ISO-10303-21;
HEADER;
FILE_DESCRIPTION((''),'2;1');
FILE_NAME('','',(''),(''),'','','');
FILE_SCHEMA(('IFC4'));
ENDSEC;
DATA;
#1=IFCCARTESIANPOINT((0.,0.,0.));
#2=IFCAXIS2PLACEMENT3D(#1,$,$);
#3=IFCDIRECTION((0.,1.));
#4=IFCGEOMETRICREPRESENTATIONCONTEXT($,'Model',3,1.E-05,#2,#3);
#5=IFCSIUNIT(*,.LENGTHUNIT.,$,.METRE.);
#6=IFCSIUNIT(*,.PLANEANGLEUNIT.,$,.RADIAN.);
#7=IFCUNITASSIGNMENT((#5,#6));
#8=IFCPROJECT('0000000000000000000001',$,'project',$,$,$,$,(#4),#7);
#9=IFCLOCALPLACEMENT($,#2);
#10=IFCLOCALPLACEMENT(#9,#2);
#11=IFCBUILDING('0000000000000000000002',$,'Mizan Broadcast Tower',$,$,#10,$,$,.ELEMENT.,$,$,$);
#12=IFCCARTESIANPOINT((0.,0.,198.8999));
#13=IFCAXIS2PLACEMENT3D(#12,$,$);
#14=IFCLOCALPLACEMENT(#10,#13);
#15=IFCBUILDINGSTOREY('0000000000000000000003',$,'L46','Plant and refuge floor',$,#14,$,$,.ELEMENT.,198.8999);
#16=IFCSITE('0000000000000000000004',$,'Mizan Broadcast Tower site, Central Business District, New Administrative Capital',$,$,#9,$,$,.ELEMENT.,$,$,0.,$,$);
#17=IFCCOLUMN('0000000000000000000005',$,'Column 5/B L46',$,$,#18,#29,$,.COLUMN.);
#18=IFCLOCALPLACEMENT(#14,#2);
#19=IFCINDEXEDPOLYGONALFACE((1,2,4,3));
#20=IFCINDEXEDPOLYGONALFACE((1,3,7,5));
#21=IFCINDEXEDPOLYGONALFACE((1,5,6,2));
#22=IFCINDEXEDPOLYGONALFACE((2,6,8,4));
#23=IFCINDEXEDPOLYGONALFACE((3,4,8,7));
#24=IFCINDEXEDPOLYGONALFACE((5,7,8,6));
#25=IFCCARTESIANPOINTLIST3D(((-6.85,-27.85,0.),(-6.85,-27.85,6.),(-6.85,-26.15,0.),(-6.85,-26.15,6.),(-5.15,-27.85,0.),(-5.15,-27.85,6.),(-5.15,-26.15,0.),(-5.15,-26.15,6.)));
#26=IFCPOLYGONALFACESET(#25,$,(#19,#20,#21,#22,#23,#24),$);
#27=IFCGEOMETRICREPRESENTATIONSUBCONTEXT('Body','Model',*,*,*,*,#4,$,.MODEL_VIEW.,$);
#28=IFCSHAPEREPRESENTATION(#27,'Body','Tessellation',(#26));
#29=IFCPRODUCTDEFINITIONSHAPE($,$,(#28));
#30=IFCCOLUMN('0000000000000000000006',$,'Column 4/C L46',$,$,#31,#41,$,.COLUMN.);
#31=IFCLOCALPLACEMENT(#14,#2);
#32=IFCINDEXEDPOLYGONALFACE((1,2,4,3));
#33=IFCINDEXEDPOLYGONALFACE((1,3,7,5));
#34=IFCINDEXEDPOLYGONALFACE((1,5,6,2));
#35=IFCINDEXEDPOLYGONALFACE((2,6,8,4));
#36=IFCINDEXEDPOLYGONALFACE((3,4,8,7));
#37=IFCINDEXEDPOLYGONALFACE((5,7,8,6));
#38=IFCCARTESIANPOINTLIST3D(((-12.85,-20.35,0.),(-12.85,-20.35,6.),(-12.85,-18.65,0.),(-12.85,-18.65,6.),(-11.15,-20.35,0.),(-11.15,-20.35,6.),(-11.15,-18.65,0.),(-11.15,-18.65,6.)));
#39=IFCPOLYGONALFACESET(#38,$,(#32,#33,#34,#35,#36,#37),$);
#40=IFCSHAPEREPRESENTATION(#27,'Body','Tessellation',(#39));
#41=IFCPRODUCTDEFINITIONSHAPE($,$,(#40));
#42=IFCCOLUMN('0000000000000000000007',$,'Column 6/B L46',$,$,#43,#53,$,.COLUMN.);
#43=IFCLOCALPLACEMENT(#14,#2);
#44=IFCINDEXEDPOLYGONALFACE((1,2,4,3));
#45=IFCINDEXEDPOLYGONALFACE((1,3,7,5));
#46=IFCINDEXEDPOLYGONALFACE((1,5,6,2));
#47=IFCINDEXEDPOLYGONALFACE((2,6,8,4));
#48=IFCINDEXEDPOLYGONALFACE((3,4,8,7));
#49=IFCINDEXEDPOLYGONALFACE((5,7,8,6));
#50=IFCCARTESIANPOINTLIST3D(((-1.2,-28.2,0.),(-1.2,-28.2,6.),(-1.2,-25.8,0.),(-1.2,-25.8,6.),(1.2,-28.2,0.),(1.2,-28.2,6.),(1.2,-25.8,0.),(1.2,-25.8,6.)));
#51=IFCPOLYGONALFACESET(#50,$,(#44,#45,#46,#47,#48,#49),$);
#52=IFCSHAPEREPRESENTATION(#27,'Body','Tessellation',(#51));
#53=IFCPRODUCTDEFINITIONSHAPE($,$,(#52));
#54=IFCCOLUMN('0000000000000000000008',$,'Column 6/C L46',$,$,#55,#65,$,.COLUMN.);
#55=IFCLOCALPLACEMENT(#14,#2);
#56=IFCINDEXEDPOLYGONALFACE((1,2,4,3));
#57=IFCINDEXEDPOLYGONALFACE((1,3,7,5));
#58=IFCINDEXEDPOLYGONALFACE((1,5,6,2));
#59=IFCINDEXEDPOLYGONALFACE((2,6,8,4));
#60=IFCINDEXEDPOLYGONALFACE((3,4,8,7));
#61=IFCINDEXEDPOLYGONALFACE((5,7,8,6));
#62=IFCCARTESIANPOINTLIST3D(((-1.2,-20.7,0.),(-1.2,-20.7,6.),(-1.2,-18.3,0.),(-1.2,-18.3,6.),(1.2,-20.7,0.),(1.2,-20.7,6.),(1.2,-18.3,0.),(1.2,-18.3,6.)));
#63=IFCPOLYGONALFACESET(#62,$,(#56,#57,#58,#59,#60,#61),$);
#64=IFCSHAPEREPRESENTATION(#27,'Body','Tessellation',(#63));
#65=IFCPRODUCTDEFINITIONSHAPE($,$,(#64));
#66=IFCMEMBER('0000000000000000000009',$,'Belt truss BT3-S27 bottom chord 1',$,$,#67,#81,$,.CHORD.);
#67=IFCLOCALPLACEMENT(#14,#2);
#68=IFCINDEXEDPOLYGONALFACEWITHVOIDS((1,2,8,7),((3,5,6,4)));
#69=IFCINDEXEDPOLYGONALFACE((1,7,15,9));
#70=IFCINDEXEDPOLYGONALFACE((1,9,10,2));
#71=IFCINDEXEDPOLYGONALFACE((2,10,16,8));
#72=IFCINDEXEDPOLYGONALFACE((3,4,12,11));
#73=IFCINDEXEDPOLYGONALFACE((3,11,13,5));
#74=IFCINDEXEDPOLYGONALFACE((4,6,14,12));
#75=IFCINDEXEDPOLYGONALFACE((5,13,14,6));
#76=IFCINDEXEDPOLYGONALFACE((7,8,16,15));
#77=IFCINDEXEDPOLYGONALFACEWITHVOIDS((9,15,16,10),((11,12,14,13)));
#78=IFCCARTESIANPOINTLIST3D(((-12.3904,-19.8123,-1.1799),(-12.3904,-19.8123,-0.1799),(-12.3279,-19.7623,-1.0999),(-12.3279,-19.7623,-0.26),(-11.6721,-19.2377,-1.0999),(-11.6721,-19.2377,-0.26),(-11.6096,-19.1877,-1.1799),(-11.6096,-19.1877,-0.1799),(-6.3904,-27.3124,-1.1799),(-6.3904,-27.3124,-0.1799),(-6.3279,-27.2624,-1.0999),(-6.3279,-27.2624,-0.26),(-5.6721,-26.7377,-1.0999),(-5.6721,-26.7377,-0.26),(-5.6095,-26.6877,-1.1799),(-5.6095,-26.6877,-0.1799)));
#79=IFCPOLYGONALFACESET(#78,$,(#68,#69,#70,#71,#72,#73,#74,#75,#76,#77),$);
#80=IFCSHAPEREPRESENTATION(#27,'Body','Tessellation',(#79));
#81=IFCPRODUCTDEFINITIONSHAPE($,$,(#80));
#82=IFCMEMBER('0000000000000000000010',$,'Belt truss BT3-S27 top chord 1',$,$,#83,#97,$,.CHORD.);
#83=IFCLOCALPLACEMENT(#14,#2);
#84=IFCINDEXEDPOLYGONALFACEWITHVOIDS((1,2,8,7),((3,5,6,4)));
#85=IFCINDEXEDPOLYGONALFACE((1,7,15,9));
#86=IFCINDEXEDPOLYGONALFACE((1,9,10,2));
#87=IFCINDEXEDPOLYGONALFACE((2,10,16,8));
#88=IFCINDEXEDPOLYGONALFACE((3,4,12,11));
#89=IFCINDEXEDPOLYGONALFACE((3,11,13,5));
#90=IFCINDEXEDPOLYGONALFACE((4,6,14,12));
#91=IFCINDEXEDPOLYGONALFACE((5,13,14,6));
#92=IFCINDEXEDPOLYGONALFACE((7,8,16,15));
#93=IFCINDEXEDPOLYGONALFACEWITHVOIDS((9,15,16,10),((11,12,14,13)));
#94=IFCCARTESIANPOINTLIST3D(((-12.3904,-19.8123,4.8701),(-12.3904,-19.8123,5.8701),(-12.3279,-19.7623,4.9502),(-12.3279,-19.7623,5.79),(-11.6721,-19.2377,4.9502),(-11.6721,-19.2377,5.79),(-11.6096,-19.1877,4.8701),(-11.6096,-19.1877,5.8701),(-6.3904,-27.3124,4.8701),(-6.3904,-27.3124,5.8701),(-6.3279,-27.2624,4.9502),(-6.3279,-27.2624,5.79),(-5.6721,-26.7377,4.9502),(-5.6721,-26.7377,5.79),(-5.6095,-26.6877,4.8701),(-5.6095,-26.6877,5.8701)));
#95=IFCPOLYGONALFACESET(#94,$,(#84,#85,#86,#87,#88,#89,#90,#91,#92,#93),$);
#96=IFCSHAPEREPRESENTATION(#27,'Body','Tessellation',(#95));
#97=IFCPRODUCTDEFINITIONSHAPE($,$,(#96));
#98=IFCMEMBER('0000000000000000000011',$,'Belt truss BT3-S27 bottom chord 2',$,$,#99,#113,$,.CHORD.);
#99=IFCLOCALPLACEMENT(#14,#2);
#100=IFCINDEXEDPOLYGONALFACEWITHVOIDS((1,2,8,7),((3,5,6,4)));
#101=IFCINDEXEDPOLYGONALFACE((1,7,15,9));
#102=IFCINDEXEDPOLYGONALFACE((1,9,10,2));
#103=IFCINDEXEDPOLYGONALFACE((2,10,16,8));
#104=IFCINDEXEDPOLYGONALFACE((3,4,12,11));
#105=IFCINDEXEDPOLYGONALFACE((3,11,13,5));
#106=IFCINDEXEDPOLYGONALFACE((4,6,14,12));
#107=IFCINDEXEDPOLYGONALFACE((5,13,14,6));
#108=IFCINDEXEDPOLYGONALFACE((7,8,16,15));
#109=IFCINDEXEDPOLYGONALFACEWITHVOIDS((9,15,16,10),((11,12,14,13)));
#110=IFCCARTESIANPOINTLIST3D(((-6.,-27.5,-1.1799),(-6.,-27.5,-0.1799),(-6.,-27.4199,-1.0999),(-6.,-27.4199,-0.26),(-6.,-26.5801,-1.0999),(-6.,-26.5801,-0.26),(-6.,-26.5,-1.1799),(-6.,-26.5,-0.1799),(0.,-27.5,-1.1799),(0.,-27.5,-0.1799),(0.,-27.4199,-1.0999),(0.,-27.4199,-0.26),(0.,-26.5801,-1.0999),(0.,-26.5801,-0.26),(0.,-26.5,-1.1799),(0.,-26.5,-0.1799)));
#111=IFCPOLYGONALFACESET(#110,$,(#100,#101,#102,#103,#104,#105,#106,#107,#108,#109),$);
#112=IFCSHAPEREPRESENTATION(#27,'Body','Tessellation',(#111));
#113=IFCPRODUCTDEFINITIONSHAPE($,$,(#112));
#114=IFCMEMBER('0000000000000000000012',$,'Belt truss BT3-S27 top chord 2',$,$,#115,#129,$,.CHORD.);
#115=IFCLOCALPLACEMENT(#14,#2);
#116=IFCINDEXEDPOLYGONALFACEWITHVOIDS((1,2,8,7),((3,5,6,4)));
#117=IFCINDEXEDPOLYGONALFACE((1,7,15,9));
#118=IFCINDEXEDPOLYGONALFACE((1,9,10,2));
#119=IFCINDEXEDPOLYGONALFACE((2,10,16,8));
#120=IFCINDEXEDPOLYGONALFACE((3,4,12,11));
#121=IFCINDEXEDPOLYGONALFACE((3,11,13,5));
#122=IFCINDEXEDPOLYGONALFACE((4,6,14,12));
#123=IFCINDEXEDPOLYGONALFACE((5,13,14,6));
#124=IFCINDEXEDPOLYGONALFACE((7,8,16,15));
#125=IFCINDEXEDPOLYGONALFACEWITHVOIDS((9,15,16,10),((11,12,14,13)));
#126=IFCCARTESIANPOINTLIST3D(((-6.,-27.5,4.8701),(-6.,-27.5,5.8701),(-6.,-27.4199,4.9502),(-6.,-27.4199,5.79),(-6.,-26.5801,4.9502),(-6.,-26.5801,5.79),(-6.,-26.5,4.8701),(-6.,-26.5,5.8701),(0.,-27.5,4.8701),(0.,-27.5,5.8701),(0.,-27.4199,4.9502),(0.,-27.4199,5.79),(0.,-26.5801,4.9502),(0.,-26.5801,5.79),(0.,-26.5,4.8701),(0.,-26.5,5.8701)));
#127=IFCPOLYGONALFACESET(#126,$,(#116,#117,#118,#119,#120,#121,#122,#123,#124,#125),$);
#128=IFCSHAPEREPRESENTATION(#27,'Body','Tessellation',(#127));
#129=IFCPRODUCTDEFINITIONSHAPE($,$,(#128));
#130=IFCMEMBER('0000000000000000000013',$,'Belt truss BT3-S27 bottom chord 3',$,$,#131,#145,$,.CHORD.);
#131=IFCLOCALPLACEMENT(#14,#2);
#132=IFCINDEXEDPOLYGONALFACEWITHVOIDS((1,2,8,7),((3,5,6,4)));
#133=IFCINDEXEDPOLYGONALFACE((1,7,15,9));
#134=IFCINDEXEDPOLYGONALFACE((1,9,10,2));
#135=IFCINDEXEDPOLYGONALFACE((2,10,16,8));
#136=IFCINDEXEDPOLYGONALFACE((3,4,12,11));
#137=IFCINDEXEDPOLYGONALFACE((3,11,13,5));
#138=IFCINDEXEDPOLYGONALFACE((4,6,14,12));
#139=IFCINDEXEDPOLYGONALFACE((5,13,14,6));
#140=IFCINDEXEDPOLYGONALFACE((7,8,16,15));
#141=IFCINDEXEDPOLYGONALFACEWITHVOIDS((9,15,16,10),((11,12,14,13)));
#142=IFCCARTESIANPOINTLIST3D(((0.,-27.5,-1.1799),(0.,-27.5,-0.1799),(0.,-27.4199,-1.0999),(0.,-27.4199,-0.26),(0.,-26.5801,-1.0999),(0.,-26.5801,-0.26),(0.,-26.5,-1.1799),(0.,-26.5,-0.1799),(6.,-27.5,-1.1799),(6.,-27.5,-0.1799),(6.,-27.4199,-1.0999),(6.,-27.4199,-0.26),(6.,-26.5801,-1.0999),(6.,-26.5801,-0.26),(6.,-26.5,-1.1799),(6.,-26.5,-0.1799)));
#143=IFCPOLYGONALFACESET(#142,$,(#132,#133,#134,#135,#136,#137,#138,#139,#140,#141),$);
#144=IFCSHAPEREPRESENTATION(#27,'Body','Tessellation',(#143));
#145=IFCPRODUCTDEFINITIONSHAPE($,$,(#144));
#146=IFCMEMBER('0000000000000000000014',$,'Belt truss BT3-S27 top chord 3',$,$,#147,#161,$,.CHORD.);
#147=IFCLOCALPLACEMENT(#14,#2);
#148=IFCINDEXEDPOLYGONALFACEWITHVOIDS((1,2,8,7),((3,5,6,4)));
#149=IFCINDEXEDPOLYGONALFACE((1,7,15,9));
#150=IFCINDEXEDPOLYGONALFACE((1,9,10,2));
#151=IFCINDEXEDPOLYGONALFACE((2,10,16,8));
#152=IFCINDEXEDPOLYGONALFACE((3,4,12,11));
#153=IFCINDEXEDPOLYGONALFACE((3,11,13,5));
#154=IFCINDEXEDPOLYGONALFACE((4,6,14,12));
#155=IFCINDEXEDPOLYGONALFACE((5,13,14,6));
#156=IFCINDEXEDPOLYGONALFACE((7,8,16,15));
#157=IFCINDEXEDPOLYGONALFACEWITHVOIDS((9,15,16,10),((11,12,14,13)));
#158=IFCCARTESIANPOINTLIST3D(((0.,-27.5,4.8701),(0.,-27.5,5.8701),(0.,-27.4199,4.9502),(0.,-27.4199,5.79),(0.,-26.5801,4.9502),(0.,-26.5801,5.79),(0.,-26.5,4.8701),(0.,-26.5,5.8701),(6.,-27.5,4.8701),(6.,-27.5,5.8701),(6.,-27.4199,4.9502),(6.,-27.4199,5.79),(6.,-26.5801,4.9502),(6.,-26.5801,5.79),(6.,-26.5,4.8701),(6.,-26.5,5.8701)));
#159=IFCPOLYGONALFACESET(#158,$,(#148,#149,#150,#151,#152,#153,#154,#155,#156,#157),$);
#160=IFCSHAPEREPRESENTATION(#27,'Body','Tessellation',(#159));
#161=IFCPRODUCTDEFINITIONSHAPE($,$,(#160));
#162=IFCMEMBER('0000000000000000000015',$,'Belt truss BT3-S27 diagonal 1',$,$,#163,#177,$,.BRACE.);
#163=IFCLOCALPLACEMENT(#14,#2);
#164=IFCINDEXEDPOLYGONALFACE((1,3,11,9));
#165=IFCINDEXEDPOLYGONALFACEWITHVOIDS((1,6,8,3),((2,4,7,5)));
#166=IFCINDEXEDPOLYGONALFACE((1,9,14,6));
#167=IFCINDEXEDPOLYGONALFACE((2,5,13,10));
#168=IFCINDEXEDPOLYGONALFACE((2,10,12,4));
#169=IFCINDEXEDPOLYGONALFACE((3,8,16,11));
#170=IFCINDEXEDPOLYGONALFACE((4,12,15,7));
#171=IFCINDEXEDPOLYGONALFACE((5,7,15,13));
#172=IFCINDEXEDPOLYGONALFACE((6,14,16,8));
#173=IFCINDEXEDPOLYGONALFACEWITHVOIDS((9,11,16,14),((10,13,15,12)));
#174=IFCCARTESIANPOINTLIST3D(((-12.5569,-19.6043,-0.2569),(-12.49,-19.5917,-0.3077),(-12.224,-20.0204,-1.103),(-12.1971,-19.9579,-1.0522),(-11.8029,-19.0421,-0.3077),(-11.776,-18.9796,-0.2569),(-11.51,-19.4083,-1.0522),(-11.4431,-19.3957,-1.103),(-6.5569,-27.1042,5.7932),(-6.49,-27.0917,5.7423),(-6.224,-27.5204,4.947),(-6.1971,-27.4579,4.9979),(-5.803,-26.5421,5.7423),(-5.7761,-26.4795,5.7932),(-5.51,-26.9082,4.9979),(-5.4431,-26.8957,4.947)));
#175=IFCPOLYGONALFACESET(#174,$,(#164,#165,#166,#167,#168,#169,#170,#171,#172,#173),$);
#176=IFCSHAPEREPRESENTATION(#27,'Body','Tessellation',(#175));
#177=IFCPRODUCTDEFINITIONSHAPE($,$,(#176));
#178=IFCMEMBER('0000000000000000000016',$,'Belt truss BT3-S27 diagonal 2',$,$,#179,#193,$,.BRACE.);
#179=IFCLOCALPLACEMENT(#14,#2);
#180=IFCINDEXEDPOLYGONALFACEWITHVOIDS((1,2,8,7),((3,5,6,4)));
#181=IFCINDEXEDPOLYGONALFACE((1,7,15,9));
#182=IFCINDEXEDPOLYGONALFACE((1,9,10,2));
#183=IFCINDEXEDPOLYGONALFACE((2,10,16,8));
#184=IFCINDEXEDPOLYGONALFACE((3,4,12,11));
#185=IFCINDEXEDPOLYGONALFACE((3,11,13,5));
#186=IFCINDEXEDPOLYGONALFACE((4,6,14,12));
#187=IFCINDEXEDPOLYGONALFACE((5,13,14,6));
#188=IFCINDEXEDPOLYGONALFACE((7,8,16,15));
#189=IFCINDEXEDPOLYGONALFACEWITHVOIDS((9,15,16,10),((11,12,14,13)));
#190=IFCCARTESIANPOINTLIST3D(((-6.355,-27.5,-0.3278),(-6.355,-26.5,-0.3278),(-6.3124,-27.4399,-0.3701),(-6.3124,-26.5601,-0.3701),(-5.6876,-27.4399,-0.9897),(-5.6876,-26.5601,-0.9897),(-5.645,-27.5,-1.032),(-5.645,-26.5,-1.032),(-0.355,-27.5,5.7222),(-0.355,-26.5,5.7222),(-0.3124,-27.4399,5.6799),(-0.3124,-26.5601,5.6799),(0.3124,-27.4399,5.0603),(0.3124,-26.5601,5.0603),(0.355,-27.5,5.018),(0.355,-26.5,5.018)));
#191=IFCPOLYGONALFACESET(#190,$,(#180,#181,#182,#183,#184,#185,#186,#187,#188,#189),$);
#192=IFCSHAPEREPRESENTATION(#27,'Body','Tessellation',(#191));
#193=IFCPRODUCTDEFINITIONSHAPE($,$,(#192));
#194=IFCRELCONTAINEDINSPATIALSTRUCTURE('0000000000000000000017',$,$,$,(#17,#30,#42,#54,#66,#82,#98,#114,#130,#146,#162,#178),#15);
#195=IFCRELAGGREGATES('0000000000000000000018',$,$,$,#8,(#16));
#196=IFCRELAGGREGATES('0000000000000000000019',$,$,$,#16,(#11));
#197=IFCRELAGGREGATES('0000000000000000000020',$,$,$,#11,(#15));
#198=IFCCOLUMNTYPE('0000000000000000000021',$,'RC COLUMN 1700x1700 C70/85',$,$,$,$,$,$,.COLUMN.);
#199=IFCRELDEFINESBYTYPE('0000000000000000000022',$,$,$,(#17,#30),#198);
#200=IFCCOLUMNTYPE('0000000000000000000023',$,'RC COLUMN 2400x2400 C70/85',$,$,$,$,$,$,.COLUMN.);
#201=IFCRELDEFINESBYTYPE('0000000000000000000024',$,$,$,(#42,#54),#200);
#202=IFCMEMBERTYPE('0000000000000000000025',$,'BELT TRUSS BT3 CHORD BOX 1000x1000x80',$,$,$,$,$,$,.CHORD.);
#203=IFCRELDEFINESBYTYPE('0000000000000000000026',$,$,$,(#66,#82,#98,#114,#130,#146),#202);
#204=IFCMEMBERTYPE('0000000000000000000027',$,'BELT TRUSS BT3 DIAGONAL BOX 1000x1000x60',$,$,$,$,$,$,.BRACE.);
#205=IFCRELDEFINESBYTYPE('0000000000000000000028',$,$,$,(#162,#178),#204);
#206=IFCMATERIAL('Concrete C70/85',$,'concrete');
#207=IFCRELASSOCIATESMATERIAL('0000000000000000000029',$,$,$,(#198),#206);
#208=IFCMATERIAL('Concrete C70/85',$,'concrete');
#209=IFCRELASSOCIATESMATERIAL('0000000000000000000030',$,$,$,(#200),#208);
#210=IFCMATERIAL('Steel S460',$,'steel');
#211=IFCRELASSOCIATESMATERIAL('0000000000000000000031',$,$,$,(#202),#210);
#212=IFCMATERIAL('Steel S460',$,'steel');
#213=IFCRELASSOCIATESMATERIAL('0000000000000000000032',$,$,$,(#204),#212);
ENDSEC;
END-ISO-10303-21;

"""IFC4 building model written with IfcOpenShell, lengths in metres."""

from ifc_helpers import new_model, si_unit, direction, frame, origin, origin_2d, place, context, subcontext, project, spatial, rectangle, hollow_rectangle, extrude, material, material_profile, profile_set, type_object, element, save


model = new_model("IFC4")

# Units and contexts
model_context = context("Model", 3, precision=1e-05, world=origin(), true_north=direction((0.0, 1.0)))
body_context = subcontext(model_context, "Body", "Model", "MODEL_VIEW")
ifc_project = project(units=[si_unit("LENGTHUNIT", "METRE"), si_unit("PLANEANGLEUNIT", "RADIAN")], contexts=[model_context])

# Site, building, storey
site_placement = place(None, origin())
site = spatial("IfcSite", under=ifc_project, at=site_placement, Name="Mizan Broadcast Tower site, Central Business District, New Administrative Capital", CompositionType="ELEMENT", RefElevation=0.0)
building_placement = place(site_placement, origin())
building = spatial("IfcBuilding", under=site, at=building_placement, Name="Mizan Broadcast Tower", CompositionType="ELEMENT")
storey_placement = place(building_placement, frame((0.0, 0.0, 198.8999)))
storey = spatial("IfcBuildingStorey", under=building, at=storey_placement, Name="L46", Description="Plant and refuge floor", CompositionType="ELEMENT", Elevation=198.8999)

# Columns
ifc_material_1 = material(Name="Concrete C70/85", Category="concrete")
ifc_material_profile_1 = material_profile(ifc_material_1, rectangle(XDim=1.7, YDim=1.7, at=origin_2d()), Name="RC 1700x1700")
ifc_profile_set_1 = profile_set([ifc_material_profile_1], Name="Concrete C70/85")
column_type_1 = type_object("IfcColumnType", Name="RC COLUMN 1700x1700 C70/85", PredefinedType="COLUMN", material=ifc_profile_set_1)
for number, where, z_axis, x_axis, name in (
    (1, (-6.0, -27.0, 0.0), (0.0, 0.0, 1.0), (1.0, 0.0, 0.0), "Column 5/B L46"),
    (2, (-12.0, -19.5, 0.0), (0.0, 0.0, 1.0), (1.0, 0.0, 0.0), "Column 4/C L46"),
):
    element("IfcColumn", number, at=place(storey_placement, frame(where, z_axis=z_axis, x_axis=x_axis)), inside=storey, type_object=column_type_1, Name=name, PredefinedType="COLUMN", context=body_context, shape_type="SweptSolid", body=[
        extrude(rectangle(XDim=1.7, YDim=1.7, at=origin_2d()), origin(), (0.0, 0.0, 1.0), 6.0),
    ])
ifc_material_2 = material(Name="Concrete C70/85", Category="concrete")
ifc_material_profile_2 = material_profile(ifc_material_2, rectangle(XDim=2.3999, YDim=2.3999, at=origin_2d()), Name="RC 2400x2400")
ifc_profile_set_2 = profile_set([ifc_material_profile_2], Name="Concrete C70/85")
column_type_2 = type_object("IfcColumnType", Name="RC COLUMN 2400x2400 C70/85", PredefinedType="COLUMN", material=ifc_profile_set_2)
for number, where, z_axis, x_axis, name in (
    (3, (0.0, -27.0, 0.0), (0.0, 0.0, 1.0), (1.0, 0.0, 0.0), "Column 6/B L46"),
    (4, (0.0, -19.5, 0.0), (0.0, 0.0, 1.0), (1.0, 0.0, 0.0), "Column 6/C L46"),
):
    element("IfcColumn", number, at=place(storey_placement, frame(where, z_axis=z_axis, x_axis=x_axis)), inside=storey, type_object=column_type_2, Name=name, PredefinedType="COLUMN", context=body_context, shape_type="SweptSolid", body=[
        extrude(rectangle(XDim=2.3999, YDim=2.3999, at=origin_2d()), origin(), (0.0, 0.0, 1.0), 6.0),
    ])

# Members
ifc_material_3 = material(Name="Steel S460", Category="steel")
ifc_material_profile_3 = material_profile(ifc_material_3, hollow_rectangle(XDim=1.0, YDim=1.0, WallThickness=0.0801, at=origin_2d()), Name="BOX 1000x1000x80")
ifc_profile_set_3 = profile_set([ifc_material_profile_3], Name="Steel S460")
member_type_1 = type_object("IfcMemberType", Name="BELT TRUSS BT3 CHORD BOX 1000x1000x80", PredefinedType="CHORD", material=ifc_profile_set_3)
for number, where, z_axis, x_axis, name in (
    (5, (-12.0, -19.5, -0.6799), (0.624695, -0.780869, 0.0), (0.780869, 0.624695, 0.0), "Belt truss BT3-S27 bottom chord 1"),
    (6, (-12.0, -19.5, 5.3701), (0.624695, -0.780869, 0.0), (0.780869, 0.624695, 0.0), "Belt truss BT3-S27 top chord 1"),
):
    element("IfcMember", number, at=place(storey_placement, frame(where, z_axis=z_axis, x_axis=x_axis)), inside=storey, type_object=member_type_1, Name=name, PredefinedType="CHORD", context=body_context, shape_type="SweptSolid", body=[
        extrude(hollow_rectangle(XDim=1.0, YDim=1.0, WallThickness=0.0801, at=origin_2d()), origin(), (0.0, 0.0, 1.0), 9.6047),
    ])
for number, where, z_axis, x_axis, name in (
    (7, (-6.0, -27.0, -0.6799), (1.0, 0.0, 0.0), (0.0, 1.0, 0.0), "Belt truss BT3-S27 bottom chord 2"),
    (8, (-6.0, -27.0, 5.3701), (1.0, 0.0, 0.0), (0.0, 1.0, 0.0), "Belt truss BT3-S27 top chord 2"),
    (9, (0.0, -27.0, -0.6799), (1.0, 0.0, 0.0), (0.0, 1.0, 0.0), "Belt truss BT3-S27 bottom chord 3"),
    (10, (0.0, -27.0, 5.3701), (1.0, 0.0, 0.0), (0.0, 1.0, 0.0), "Belt truss BT3-S27 top chord 3"),
):
    element("IfcMember", number, at=place(storey_placement, frame(where, z_axis=z_axis, x_axis=x_axis)), inside=storey, type_object=member_type_1, Name=name, PredefinedType="CHORD", context=body_context, shape_type="SweptSolid", body=[
        extrude(hollow_rectangle(XDim=1.0, YDim=1.0, WallThickness=0.0801, at=origin_2d()), origin(), (0.0, 0.0, 1.0), 6.0),
    ])
ifc_material_4 = material(Name="Steel S460", Category="steel")
ifc_material_profile_4 = material_profile(ifc_material_4, hollow_rectangle(XDim=1.0, YDim=1.0, WallThickness=0.0601, at=origin_2d()), Name="BOX 1000x1000x60")
ifc_profile_set_4 = profile_set([ifc_material_profile_4], Name="Steel S460")
member_type_2 = type_object("IfcMemberType", Name="BELT TRUSS BT3 DIAGONAL BOX 1000x1000x60", PredefinedType="BRACE", material=ifc_profile_set_4)
member_1_placement = place(storey_placement, frame((-12.0, -19.5, -0.6799), z_axis=(0.528572, -0.660715, 0.532981), x_axis=(0.780869, 0.624695, 0.0)))
element("IfcMember", 11, at=member_1_placement, inside=storey, type_object=member_type_2, Name="Belt truss BT3-S27 diagonal 1", PredefinedType="BRACE", context=body_context, shape_type="SweptSolid", body=[
    extrude(hollow_rectangle(XDim=1.0, YDim=1.0, WallThickness=0.0601, at=origin_2d()), origin(), (0.0, 0.0, 1.0), 11.3513),
])
member_2_placement = place(storey_placement, frame((-6.0, -27.0, -0.6799), z_axis=(0.704164, 0.0, 0.710038), x_axis=(0.0, 1.0, 0.0)))
element("IfcMember", 12, at=member_2_placement, inside=storey, type_object=member_type_2, Name="Belt truss BT3-S27 diagonal 2", PredefinedType="BRACE", context=body_context, shape_type="SweptSolid", body=[
    extrude(hollow_rectangle(XDim=1.0, YDim=1.0, WallThickness=0.0601, at=origin_2d()), origin(), (0.0, 0.0, 1.0), 8.5208),
])

save(model, "model.ifc")
